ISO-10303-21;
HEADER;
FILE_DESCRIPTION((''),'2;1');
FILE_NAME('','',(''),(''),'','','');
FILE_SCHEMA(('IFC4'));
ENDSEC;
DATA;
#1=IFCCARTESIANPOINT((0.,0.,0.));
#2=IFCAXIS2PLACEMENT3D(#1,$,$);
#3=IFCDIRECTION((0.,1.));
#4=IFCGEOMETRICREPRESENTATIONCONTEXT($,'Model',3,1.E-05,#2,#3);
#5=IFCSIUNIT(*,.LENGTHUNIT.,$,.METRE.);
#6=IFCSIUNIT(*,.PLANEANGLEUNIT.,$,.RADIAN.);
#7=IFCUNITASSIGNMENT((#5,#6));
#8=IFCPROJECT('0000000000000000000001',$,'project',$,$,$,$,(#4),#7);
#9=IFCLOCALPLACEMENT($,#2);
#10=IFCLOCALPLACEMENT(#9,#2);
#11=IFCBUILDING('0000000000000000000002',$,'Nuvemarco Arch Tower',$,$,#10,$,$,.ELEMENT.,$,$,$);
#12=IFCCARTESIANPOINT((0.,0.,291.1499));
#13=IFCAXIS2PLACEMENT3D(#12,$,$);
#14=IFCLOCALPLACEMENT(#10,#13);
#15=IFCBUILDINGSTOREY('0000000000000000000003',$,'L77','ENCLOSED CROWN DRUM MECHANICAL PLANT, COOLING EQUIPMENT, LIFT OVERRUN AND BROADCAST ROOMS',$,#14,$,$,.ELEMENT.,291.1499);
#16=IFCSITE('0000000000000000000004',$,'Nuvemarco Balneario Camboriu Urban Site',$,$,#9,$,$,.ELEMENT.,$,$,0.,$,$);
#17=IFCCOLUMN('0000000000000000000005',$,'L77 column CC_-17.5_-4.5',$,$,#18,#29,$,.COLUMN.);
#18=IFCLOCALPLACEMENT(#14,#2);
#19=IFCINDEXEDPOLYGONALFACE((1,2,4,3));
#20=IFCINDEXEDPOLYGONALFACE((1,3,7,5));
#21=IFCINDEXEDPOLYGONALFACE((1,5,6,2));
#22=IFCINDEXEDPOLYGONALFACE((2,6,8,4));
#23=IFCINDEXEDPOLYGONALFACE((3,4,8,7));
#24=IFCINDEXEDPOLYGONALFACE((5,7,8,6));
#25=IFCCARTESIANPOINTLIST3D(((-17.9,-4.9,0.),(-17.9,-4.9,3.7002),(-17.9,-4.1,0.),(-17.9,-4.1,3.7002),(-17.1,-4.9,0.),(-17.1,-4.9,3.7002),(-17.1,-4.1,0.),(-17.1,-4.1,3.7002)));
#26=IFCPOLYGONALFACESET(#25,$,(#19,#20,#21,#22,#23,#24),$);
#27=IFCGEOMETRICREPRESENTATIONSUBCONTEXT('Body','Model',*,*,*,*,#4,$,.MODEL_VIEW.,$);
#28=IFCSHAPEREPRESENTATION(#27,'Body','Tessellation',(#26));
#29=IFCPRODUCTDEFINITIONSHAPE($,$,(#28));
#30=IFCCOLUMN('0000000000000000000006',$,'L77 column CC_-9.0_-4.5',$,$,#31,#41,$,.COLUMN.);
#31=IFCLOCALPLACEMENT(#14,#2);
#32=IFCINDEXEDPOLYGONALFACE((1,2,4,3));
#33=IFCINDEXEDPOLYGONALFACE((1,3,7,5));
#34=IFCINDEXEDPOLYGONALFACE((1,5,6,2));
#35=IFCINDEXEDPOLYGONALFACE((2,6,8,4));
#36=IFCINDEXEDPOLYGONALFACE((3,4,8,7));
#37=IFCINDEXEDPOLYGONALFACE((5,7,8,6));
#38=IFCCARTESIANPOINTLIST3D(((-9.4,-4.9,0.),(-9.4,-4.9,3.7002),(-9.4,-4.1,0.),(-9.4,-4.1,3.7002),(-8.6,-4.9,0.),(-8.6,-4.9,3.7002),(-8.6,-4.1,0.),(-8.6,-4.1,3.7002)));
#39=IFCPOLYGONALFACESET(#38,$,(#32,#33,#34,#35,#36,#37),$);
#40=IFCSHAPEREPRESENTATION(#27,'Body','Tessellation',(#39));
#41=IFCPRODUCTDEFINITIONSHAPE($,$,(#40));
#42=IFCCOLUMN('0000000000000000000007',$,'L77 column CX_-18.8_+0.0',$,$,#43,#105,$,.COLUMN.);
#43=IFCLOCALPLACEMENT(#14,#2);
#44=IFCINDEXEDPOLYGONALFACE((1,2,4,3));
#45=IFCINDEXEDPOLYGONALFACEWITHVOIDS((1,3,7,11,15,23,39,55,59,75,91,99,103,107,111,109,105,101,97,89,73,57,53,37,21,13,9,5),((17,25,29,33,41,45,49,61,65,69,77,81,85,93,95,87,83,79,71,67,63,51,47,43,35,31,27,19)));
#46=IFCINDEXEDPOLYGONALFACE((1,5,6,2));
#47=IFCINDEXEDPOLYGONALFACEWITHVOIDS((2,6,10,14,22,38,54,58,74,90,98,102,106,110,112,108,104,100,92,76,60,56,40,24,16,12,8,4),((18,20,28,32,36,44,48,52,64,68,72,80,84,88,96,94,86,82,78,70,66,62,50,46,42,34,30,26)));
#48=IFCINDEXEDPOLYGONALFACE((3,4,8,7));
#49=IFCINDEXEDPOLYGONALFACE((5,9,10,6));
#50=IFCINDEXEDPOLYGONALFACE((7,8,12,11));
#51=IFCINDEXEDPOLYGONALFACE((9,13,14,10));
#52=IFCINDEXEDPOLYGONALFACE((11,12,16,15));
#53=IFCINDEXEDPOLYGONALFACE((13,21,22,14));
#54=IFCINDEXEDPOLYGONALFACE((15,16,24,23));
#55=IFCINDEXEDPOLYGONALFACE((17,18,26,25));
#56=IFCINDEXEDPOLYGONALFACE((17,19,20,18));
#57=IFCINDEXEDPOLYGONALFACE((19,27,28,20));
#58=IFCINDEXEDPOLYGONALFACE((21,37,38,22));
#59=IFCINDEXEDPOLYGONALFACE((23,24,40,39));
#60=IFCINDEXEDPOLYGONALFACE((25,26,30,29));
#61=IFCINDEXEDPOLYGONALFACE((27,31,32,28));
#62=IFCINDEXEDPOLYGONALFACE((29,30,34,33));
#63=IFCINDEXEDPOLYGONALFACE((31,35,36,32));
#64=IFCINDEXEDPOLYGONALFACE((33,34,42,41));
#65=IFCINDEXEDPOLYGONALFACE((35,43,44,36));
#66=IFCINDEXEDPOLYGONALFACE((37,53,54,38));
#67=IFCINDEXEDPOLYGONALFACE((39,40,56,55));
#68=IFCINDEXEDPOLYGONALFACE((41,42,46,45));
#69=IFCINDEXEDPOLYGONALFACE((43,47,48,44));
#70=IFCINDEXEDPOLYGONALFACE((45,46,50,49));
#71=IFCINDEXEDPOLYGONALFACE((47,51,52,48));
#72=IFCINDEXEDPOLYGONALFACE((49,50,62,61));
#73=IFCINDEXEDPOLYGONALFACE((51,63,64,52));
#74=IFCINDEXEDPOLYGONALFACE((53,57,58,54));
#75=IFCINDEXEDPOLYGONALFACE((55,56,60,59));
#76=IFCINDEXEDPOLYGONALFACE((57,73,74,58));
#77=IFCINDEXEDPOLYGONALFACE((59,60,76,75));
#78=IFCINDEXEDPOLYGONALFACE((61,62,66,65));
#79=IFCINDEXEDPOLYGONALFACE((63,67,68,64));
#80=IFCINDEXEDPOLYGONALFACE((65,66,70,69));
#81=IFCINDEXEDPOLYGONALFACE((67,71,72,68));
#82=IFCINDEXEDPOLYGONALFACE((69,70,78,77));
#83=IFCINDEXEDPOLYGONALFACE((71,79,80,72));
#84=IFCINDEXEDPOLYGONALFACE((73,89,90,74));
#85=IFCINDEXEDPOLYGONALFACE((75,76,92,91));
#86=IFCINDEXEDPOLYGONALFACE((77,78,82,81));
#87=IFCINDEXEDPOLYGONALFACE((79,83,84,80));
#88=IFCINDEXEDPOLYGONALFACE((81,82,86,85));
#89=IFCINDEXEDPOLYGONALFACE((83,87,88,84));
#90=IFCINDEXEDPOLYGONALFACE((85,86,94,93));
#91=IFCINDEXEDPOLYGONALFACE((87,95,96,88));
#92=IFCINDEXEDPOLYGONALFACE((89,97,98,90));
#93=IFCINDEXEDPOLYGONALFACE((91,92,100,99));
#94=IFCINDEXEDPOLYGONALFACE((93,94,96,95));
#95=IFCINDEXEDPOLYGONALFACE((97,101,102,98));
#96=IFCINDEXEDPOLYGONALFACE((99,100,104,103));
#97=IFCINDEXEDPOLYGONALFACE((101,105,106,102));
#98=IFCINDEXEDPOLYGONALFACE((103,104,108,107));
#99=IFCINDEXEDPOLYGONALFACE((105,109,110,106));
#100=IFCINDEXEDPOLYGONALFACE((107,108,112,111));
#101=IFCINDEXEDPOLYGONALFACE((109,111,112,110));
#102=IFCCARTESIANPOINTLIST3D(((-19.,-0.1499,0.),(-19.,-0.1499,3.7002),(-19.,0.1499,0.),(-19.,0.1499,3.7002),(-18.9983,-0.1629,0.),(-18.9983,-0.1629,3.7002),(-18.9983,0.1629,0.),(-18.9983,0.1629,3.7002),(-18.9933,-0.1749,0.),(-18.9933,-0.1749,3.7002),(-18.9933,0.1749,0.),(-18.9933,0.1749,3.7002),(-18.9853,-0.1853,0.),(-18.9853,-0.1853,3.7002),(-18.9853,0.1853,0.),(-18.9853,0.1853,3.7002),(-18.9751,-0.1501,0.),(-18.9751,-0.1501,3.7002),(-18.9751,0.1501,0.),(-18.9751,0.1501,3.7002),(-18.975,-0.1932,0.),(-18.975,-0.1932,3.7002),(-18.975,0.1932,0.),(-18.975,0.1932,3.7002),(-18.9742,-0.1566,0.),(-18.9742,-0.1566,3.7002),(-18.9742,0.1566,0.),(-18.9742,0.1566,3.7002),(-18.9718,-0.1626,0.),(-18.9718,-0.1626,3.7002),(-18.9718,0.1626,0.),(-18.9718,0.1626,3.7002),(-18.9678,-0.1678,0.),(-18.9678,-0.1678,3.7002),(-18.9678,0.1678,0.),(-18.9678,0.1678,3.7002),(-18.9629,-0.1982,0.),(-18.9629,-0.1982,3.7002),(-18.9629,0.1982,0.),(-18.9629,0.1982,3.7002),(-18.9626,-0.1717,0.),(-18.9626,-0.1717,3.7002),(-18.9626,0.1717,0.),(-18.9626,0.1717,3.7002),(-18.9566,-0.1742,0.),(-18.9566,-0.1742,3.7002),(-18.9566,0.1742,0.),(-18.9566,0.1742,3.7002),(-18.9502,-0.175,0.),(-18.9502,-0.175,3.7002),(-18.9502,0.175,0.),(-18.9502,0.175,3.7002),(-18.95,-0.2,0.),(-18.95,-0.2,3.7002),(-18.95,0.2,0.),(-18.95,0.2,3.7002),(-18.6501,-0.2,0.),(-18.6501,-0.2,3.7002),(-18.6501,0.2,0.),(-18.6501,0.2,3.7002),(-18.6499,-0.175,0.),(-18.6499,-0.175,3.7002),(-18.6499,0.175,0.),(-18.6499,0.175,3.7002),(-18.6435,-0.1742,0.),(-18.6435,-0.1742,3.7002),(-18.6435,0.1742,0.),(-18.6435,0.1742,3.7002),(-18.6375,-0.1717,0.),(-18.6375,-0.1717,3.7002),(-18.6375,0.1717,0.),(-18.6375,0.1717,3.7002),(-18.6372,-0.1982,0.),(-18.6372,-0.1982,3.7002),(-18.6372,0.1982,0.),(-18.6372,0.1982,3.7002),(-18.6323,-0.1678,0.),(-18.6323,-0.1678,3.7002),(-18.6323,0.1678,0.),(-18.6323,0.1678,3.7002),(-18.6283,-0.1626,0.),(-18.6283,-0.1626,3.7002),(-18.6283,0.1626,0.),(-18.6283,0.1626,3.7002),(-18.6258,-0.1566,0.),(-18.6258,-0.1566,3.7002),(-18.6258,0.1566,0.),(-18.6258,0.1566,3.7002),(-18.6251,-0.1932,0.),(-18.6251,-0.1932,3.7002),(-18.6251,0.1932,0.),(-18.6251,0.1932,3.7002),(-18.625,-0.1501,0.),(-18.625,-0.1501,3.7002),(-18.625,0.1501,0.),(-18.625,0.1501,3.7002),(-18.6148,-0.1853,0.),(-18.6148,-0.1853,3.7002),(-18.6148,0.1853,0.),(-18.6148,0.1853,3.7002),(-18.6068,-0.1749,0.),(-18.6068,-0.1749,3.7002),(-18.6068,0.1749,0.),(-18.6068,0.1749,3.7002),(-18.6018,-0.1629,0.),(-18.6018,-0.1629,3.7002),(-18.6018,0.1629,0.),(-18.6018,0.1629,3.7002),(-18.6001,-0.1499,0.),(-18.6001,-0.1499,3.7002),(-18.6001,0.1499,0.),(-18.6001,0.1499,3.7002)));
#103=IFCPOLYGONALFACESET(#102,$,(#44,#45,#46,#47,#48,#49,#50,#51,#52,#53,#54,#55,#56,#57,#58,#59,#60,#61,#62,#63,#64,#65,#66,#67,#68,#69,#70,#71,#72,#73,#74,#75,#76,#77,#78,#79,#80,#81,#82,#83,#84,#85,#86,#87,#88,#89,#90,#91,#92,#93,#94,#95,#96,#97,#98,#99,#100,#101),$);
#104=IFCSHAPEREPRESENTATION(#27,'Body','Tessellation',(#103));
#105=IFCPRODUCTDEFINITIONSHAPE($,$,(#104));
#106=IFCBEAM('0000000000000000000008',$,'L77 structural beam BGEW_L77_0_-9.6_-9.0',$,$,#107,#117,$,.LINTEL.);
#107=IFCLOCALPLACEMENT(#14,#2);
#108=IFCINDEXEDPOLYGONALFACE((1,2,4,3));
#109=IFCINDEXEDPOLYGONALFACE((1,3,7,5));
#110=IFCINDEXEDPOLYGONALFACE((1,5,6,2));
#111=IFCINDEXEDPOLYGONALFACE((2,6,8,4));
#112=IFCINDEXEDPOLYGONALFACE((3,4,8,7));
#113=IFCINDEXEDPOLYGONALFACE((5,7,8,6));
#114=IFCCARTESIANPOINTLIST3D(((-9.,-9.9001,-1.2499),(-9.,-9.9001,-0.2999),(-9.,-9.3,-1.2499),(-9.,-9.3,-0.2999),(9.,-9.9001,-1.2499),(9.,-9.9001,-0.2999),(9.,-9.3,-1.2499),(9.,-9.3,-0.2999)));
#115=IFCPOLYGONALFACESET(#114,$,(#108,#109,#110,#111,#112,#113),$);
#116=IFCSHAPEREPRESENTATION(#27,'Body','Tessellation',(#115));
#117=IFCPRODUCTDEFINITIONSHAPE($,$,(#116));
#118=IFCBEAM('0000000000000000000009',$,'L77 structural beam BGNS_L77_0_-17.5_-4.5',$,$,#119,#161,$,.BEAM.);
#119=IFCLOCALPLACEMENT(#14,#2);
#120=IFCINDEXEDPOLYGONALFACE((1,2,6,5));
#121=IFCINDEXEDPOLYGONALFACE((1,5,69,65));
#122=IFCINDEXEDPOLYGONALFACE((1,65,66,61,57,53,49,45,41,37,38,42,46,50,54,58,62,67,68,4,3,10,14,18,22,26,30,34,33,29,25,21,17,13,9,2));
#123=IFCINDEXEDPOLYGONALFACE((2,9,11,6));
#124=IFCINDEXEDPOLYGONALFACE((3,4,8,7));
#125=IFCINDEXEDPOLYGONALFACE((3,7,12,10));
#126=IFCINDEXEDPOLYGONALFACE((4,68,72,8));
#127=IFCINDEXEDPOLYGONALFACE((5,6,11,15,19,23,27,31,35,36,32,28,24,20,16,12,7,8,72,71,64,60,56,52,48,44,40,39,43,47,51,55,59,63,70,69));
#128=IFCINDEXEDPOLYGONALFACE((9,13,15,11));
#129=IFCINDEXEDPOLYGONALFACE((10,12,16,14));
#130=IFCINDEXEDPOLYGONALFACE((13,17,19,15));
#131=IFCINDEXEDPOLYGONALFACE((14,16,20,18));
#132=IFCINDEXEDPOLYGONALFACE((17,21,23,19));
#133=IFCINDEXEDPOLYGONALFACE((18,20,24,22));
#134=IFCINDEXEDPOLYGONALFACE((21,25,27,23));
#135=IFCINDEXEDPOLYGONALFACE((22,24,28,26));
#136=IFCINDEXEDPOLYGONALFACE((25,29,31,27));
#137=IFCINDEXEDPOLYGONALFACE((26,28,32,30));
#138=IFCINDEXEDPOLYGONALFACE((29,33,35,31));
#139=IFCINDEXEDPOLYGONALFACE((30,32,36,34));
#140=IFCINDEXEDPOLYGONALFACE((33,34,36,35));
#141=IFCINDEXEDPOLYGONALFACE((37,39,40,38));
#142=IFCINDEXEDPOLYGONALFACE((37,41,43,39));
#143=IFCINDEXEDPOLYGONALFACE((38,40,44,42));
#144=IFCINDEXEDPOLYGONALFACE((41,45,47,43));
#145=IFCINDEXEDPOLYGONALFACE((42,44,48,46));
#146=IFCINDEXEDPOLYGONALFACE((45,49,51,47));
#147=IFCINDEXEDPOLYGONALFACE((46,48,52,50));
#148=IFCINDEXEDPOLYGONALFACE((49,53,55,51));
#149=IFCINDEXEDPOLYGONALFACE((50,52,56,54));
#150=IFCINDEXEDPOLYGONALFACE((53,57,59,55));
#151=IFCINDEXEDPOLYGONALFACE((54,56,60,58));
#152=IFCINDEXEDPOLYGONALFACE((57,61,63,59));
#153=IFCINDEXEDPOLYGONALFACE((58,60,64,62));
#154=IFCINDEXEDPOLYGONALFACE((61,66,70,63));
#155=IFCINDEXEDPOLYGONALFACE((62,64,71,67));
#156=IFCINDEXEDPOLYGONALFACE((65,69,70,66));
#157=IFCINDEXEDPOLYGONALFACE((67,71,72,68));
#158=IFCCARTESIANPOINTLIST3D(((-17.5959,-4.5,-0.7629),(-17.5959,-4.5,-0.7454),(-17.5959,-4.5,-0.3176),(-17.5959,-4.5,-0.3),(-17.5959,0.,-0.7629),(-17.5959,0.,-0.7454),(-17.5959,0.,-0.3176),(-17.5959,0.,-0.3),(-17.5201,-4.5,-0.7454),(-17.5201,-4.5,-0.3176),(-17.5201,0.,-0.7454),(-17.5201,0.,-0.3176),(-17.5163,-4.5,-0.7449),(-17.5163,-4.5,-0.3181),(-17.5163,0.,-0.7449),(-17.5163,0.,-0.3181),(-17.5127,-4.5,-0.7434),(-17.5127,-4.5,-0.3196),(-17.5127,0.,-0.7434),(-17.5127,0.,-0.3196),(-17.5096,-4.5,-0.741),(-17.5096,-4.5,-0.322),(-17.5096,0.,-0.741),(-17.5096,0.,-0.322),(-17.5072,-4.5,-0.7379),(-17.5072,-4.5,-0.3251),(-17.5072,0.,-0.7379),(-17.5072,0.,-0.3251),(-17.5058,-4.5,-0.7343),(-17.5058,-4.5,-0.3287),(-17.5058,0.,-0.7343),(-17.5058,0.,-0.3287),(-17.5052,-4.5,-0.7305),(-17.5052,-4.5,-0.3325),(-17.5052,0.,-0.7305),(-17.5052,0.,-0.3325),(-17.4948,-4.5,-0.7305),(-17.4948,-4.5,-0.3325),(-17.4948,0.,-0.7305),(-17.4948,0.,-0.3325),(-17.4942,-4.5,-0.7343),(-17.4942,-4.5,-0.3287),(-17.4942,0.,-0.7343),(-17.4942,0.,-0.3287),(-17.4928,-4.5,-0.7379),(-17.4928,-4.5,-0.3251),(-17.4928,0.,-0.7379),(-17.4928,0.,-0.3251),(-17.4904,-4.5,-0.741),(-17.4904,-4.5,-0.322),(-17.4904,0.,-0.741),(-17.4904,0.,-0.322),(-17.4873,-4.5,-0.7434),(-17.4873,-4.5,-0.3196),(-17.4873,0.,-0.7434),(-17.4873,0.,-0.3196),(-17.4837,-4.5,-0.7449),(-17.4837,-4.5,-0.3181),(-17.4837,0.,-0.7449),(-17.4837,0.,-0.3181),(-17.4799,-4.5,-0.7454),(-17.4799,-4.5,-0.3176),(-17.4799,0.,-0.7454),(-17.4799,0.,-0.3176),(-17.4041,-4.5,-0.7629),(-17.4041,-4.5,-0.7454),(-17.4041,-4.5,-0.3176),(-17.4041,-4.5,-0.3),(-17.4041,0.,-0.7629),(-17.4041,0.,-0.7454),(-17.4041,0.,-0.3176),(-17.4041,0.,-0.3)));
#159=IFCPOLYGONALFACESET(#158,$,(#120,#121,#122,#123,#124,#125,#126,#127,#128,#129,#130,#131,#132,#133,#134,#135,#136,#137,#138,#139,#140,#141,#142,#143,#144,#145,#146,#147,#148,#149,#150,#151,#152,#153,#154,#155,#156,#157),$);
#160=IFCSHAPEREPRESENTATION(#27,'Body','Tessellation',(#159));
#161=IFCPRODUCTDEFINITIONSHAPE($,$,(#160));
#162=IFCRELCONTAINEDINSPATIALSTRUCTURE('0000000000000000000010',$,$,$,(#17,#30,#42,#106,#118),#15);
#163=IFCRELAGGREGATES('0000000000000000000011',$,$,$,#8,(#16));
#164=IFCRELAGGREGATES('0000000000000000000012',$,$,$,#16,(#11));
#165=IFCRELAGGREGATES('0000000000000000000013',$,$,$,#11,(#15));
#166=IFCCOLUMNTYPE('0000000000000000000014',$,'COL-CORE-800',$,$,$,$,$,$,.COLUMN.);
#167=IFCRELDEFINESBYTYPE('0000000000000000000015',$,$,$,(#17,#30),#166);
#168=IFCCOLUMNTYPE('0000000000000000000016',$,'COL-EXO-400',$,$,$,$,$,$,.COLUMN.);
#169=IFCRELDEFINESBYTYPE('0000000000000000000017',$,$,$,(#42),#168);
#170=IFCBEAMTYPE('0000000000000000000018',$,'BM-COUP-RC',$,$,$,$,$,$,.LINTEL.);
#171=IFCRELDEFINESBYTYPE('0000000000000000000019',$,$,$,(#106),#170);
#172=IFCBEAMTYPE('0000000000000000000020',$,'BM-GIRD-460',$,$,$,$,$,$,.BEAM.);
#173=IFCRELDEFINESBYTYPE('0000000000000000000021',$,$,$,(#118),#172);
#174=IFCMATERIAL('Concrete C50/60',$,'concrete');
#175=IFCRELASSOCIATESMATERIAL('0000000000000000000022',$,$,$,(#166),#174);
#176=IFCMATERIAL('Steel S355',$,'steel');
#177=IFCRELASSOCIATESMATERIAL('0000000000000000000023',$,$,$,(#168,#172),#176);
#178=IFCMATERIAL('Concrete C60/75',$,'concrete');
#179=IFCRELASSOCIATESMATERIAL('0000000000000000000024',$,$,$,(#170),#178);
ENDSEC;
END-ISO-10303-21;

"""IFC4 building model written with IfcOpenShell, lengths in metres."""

from ifc_helpers import new_model, si_unit, direction, frame, origin, origin_2d, place, context, subcontext, project, spatial, rectangle, hollow_rectangle, i_section, extrude, material, material_profile, profile_set, type_object, element, save


model = new_model("IFC4")

# Units and contexts
model_context = context("Model", 3, precision=1e-05, world=origin(), true_north=direction((0.0, 1.0)))
body_context = subcontext(model_context, "Body", "Model", "MODEL_VIEW")
ifc_project = project(units=[si_unit("LENGTHUNIT", "METRE"), si_unit("PLANEANGLEUNIT", "RADIAN")], contexts=[model_context])

# Site, building, storey
site_placement = place(None, origin())
site = spatial("IfcSite", under=ifc_project, at=site_placement, Name="Nuvemarco Balneario Camboriu Urban Site", CompositionType="ELEMENT", RefElevation=0.0)
building_placement = place(site_placement, origin())
building = spatial("IfcBuilding", under=site, at=building_placement, Name="Nuvemarco Arch Tower", CompositionType="ELEMENT")
storey_placement = place(building_placement, frame((0.0, 0.0, 291.1499)))
storey = spatial("IfcBuildingStorey", under=building, at=storey_placement, Name="L77", Description="ENCLOSED CROWN DRUM MECHANICAL PLANT, COOLING EQUIPMENT, LIFT OVERRUN AND BROADCAST ROOMS", CompositionType="ELEMENT", Elevation=291.1499)

# Columns
ifc_material_1 = material(Name="Concrete C50/60", Category="concrete")
ifc_material_profile_1 = material_profile(ifc_material_1, rectangle(XDim=0.8, YDim=0.8, at=origin_2d()), Name="RC-COL-800x800")
ifc_profile_set_1 = profile_set([ifc_material_profile_1], Name="Concrete C50/60")
column_type_1 = type_object("IfcColumnType", Name="COL-CORE-800", PredefinedType="COLUMN", material=ifc_profile_set_1)
for number, where, z_axis, x_axis, name in (
    (1, (-17.5, -4.5, 0.0), (0.0, 0.0, 1.0), (1.0, 0.0, 0.0), "L77 column CC_-17.5_-4.5"),
    (2, (-9.0, -4.5, 0.0), (0.0, 0.0, 1.0), (1.0, 0.0, 0.0), "L77 column CC_-9.0_-4.5"),
):
    element("IfcColumn", number, at=place(storey_placement, frame(where, z_axis=z_axis, x_axis=x_axis)), inside=storey, type_object=column_type_1, Name=name, PredefinedType="COLUMN", context=body_context, shape_type="SweptSolid", body=[
        extrude(rectangle(XDim=0.8, YDim=0.8, at=origin_2d()), origin(), (0.0, 0.0, 1.0), 3.7002),
    ])
ifc_material_2 = material(Name="Steel S355", Category="steel")
ifc_material_profile_2 = material_profile(ifc_material_2, hollow_rectangle(XDim=0.3999, YDim=0.3999, WallThickness=0.0249, InnerFilletRadius=0.0249, OuterFilletRadius=0.05, at=origin_2d()), Name="SHS400x400x25")
ifc_profile_set_2 = profile_set([ifc_material_profile_2], Name="Steel S355")
column_type_2 = type_object("IfcColumnType", Name="COL-EXO-400", PredefinedType="COLUMN", material=ifc_profile_set_2)
column_placement = place(storey_placement, frame((-18.8, 0.0, 0.0), z_axis=(0.0, 0.0, 1.0), x_axis=(1.0, 0.0, 0.0)))
element("IfcColumn", 3, at=column_placement, inside=storey, type_object=column_type_2, Name="L77 column CX_-18.8_+0.0", PredefinedType="COLUMN", context=body_context, shape_type="SweptSolid", body=[
    extrude(hollow_rectangle(XDim=0.3999, YDim=0.3999, WallThickness=0.0249, InnerFilletRadius=0.0249, OuterFilletRadius=0.05, at=origin_2d()), origin(), (0.0, 0.0, 1.0), 3.7002),
])

# Beams
ifc_material_3 = material(Name="Concrete C60/75", Category="concrete")
ifc_material_profile_3 = material_profile(ifc_material_3, rectangle(XDim=0.6001, YDim=0.95, at=origin_2d()), Name="RC-BM-600x950")
ifc_profile_set_3 = profile_set([ifc_material_profile_3], Name="Concrete C60/75")
beam_type_1 = type_object("IfcBeamType", Name="BM-COUP-RC", PredefinedType="LINTEL", material=ifc_profile_set_3)
beam_1_placement = place(storey_placement, frame((-9.0, -9.6001, -0.7749), z_axis=(1.0, 0.0, 0.0), x_axis=(0.0, 1.0, 0.0)))
element("IfcBeam", 4, at=beam_1_placement, inside=storey, type_object=beam_type_1, Name="L77 structural beam BGEW_L77_0_-9.6_-9.0", PredefinedType="LINTEL", context=body_context, shape_type="SweptSolid", body=[
    extrude(rectangle(XDim=0.6001, YDim=0.95, at=origin_2d()), origin(), (0.0, 0.0, 1.0), 18.0),
])
ifc_material_profile_4 = material_profile(ifc_material_2, i_section(OverallWidth=0.1919, OverallDepth=0.4629, WebThickness=0.0105, FlangeThickness=0.0176, FilletRadius=0.0149, at=origin_2d()), Name="W460x89")
ifc_profile_set_4 = profile_set([ifc_material_profile_4], Name="Steel S355")
beam_type_2 = type_object("IfcBeamType", Name="BM-GIRD-460", PredefinedType="BEAM", material=ifc_profile_set_4)
beam_2_placement = place(storey_placement, frame((-17.5, -4.5, -0.5315), z_axis=(0.0, 1.0, 0.0), x_axis=(-1.0, 0.0, 0.0)))
element("IfcBeam", 5, at=beam_2_placement, inside=storey, type_object=beam_type_2, Name="L77 structural beam BGNS_L77_0_-17.5_-4.5", PredefinedType="BEAM", context=body_context, shape_type="SweptSolid", body=[
    extrude(i_section(OverallWidth=0.1919, OverallDepth=0.4629, WebThickness=0.0105, FlangeThickness=0.0176, FilletRadius=0.0149, at=origin_2d()), origin(), (0.0, 0.0, 1.0), 4.5),
])

save(model, "model.ifc")
